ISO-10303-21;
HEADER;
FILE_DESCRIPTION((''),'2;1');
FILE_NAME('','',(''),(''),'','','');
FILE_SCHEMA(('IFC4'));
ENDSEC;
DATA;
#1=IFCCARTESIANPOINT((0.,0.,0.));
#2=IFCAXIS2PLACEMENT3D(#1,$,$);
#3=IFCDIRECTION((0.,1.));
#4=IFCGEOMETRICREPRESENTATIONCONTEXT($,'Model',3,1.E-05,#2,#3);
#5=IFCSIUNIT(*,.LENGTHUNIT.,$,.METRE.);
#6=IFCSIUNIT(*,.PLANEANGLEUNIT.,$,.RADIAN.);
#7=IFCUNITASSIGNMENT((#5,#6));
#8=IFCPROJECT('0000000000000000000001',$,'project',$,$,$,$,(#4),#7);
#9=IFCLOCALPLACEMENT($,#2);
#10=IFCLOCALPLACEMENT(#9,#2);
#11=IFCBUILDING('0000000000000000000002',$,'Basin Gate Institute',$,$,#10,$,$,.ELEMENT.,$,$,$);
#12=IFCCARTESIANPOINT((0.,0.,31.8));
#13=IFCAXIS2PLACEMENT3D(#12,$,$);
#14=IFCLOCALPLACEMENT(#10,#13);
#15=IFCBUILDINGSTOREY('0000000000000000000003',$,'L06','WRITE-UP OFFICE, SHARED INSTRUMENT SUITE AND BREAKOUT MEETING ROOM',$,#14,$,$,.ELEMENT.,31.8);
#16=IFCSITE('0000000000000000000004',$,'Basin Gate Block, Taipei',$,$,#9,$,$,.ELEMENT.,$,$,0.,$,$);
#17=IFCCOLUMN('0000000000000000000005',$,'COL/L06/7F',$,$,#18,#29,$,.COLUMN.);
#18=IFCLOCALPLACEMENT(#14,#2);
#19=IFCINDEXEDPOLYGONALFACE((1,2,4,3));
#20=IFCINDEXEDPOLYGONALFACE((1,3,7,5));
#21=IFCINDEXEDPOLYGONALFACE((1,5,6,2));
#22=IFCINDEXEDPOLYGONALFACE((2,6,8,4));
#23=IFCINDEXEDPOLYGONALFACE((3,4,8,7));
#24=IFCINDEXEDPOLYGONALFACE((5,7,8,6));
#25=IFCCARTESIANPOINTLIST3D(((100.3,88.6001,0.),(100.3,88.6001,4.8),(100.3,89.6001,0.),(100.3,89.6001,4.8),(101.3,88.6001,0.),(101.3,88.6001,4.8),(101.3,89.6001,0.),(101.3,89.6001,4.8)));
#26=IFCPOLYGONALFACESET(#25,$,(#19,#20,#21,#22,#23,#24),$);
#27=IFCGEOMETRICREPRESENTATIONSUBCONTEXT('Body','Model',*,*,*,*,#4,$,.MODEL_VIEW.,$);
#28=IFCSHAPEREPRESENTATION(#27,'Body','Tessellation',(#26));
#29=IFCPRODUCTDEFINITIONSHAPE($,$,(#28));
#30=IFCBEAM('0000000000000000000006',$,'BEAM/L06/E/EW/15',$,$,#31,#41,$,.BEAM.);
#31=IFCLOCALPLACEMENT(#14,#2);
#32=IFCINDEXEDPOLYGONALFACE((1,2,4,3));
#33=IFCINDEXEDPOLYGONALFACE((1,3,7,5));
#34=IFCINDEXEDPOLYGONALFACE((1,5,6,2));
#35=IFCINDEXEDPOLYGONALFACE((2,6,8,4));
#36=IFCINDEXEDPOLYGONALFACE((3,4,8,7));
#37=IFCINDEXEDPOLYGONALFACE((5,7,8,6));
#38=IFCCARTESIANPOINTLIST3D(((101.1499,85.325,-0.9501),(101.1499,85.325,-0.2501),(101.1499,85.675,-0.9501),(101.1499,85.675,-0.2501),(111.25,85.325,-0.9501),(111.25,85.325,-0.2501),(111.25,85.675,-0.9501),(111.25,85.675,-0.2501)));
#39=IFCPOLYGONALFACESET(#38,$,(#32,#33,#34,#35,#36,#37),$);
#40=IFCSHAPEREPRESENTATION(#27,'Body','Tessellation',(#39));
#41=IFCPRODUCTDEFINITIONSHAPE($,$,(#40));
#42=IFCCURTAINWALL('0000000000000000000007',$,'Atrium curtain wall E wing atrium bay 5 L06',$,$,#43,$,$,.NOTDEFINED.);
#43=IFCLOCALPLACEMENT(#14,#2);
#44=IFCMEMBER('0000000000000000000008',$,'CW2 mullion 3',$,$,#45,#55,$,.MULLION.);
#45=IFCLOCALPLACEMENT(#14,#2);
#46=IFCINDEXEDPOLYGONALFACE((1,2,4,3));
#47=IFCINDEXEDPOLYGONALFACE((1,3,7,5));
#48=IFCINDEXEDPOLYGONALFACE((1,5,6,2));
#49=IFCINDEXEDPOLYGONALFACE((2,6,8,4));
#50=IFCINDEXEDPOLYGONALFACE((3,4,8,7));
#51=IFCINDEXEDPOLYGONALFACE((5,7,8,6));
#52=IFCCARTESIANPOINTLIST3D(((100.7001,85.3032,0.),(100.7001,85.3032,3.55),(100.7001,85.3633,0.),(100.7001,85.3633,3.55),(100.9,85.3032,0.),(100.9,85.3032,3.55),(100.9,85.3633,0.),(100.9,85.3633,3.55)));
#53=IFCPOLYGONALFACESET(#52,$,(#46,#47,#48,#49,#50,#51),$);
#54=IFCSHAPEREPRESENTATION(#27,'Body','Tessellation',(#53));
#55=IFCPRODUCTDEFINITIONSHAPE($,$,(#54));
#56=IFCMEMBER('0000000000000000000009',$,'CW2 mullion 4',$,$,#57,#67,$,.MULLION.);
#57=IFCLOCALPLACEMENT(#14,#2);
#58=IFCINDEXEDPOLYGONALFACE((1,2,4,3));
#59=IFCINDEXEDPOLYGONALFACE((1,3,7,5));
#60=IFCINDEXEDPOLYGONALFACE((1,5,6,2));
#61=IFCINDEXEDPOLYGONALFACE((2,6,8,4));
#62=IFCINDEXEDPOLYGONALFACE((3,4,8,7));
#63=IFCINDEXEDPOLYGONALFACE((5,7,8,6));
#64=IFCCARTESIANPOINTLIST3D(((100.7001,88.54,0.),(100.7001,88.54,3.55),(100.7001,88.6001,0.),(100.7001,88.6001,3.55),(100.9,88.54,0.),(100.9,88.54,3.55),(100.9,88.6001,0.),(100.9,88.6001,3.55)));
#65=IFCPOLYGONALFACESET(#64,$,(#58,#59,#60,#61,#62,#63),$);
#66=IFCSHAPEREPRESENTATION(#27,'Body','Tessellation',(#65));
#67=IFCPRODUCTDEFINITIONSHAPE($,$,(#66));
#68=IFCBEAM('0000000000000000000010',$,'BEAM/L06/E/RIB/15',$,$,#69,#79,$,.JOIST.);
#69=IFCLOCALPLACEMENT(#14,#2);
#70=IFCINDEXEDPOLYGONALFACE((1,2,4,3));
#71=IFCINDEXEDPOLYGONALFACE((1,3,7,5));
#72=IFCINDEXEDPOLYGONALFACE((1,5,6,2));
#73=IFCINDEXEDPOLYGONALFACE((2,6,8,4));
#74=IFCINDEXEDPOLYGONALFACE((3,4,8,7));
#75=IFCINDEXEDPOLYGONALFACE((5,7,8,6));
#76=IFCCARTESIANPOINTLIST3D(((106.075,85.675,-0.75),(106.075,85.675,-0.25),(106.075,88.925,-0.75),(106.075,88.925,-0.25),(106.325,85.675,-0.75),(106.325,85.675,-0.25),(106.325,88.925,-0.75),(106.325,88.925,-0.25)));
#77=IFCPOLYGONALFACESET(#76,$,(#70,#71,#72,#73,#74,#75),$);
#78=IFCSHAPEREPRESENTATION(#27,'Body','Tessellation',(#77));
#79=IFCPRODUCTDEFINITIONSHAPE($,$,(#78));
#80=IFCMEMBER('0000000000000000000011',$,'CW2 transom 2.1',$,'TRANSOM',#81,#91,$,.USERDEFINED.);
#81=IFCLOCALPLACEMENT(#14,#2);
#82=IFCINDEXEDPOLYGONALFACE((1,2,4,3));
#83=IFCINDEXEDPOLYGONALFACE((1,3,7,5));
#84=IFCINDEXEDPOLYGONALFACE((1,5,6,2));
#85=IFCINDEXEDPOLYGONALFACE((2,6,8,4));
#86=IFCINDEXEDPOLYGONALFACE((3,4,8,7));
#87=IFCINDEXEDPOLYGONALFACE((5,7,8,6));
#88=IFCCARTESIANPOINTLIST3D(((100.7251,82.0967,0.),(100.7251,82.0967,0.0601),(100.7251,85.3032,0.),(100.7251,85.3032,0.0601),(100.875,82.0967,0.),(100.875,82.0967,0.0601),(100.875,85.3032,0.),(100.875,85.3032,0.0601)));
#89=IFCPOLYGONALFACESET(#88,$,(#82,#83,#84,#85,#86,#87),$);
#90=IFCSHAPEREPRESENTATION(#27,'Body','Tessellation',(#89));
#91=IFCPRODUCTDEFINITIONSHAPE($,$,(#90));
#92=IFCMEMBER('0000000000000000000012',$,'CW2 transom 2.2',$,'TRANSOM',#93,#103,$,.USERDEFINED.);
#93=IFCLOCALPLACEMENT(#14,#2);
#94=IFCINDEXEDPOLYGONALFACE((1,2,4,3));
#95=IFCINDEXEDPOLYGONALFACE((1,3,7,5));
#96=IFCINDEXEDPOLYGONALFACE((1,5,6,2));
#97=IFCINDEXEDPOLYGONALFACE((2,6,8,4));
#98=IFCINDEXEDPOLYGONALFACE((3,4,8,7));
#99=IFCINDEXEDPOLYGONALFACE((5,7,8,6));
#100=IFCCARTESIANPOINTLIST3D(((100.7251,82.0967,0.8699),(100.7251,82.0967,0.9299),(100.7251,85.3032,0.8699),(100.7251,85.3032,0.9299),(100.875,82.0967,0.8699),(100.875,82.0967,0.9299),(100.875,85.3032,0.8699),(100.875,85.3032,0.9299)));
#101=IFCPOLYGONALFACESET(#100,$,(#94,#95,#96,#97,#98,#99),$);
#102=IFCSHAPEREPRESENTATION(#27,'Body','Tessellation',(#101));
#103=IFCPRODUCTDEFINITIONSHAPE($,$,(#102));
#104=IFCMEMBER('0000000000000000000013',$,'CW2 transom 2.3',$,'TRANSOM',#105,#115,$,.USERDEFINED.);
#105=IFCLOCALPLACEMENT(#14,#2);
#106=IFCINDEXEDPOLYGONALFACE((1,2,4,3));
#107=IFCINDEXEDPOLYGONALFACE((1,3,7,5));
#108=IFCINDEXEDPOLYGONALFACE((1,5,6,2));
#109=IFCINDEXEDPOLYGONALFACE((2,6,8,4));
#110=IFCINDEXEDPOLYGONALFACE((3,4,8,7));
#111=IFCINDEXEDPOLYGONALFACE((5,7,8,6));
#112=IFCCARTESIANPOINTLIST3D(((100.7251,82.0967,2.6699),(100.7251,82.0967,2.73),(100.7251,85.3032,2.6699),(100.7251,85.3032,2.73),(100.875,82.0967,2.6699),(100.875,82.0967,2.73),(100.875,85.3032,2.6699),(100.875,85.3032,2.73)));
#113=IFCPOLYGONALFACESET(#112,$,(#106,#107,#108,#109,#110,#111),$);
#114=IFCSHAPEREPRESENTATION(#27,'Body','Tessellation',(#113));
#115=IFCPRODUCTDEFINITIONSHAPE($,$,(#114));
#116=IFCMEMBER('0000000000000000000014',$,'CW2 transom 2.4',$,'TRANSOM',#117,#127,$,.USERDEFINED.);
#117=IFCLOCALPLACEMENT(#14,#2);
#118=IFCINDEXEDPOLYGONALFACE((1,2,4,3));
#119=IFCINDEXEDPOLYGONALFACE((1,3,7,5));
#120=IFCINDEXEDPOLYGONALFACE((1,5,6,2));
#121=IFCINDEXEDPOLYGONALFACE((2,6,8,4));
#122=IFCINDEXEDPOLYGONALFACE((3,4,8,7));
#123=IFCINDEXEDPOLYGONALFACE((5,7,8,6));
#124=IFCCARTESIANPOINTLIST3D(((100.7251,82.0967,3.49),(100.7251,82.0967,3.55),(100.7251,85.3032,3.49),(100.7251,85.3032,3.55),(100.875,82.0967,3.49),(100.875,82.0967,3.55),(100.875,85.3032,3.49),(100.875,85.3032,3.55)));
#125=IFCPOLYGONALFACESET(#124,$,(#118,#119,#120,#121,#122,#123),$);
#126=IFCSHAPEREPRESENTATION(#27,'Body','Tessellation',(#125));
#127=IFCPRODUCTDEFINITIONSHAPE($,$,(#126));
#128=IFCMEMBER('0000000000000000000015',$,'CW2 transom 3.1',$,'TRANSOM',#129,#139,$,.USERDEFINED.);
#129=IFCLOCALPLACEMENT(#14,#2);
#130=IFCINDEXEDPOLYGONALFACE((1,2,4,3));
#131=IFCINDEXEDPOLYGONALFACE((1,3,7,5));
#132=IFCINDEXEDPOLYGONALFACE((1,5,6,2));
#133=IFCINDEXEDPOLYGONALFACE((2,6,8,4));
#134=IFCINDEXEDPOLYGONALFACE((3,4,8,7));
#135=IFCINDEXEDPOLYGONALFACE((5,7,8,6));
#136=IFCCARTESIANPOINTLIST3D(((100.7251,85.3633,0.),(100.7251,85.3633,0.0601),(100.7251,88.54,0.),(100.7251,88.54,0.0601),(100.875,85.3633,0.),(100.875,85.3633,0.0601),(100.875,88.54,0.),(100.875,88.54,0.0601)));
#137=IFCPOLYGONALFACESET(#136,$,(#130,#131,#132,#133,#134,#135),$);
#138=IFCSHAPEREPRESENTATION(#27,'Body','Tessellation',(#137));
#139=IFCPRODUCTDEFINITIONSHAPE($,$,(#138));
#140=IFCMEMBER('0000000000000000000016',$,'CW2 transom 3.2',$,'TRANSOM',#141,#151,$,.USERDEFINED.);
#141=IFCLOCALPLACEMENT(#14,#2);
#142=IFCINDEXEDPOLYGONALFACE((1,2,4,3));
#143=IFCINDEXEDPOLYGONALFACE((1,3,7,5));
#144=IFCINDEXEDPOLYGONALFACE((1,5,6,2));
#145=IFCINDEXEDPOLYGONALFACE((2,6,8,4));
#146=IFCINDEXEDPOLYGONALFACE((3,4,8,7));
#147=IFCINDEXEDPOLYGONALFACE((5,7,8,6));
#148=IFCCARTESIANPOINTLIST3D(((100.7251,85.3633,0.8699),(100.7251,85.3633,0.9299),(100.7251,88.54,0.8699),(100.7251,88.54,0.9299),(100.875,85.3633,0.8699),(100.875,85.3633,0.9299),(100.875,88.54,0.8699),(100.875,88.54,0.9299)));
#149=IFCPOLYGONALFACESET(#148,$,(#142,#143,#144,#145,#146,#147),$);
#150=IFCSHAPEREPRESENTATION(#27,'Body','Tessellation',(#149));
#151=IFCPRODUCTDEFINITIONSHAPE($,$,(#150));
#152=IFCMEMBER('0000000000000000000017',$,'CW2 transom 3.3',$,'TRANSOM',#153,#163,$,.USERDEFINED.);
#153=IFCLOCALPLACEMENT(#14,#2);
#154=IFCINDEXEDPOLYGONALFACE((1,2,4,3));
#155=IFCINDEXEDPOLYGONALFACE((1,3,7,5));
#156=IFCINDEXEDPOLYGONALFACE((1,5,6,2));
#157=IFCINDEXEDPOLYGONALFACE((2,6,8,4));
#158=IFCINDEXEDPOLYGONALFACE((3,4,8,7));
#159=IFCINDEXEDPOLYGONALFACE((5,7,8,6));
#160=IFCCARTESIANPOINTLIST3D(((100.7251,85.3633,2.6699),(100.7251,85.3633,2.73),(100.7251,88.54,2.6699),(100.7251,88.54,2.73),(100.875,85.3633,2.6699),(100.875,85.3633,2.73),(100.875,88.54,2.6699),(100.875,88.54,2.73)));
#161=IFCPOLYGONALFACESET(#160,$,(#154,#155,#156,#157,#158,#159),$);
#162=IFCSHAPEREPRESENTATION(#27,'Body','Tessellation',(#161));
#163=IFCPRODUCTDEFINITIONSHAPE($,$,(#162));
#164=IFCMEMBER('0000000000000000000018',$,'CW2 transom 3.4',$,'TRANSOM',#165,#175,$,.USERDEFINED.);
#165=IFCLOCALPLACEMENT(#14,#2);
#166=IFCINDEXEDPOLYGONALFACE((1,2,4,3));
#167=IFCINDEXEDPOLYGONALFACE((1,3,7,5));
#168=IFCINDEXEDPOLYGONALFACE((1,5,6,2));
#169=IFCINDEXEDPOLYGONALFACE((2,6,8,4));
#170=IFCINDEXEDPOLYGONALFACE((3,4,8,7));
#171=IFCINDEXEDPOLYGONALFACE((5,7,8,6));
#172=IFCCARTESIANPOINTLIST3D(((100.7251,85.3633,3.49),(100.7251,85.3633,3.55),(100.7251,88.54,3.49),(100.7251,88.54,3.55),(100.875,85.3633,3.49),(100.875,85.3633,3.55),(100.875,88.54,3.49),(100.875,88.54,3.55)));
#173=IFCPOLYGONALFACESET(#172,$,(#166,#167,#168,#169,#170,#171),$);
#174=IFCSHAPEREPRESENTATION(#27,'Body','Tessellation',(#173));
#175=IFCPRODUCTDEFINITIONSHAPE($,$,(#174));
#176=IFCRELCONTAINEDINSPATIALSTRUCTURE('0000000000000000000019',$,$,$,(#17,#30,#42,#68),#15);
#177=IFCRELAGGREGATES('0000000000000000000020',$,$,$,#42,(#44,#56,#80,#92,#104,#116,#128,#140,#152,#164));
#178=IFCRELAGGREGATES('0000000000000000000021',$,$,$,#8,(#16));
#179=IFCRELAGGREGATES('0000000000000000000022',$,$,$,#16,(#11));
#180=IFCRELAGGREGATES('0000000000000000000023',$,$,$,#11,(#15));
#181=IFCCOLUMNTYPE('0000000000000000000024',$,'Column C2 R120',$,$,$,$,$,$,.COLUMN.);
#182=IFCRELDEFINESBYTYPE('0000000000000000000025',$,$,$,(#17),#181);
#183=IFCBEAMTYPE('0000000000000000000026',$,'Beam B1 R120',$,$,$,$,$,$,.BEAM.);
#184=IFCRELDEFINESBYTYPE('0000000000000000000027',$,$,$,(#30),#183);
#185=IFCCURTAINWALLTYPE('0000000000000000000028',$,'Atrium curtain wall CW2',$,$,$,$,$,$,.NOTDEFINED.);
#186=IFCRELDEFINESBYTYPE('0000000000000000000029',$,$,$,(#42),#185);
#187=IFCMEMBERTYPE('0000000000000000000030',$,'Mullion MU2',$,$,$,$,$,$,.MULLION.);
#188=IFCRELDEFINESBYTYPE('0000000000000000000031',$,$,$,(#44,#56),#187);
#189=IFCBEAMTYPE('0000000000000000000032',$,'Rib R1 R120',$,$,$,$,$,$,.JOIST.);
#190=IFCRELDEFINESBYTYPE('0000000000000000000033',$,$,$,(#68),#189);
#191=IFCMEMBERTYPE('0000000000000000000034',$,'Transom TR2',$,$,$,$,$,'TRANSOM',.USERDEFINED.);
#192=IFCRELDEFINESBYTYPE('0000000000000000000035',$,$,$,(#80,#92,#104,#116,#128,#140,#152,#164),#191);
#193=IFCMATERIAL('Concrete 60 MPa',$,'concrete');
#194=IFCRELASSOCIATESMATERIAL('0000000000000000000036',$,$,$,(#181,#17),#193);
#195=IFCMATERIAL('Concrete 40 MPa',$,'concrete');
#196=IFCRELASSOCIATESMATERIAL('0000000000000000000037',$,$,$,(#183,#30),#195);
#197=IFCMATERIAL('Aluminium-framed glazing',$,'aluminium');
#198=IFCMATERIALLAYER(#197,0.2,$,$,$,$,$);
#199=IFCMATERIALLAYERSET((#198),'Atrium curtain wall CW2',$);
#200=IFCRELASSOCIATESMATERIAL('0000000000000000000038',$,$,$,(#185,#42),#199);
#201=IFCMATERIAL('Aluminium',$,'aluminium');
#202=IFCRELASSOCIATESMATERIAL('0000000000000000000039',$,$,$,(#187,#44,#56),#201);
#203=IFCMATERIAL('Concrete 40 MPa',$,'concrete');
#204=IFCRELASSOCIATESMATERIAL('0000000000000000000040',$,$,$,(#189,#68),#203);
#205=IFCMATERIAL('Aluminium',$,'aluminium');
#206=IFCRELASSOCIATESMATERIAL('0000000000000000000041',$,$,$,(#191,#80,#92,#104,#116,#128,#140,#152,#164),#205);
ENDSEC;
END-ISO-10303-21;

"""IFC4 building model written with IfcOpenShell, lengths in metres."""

from ifc_helpers import new_model, si_unit, direction, frame, origin, origin_2d, place, context, subcontext, project, spatial, rectangle, extrude, material, layer, layer_set, material_profile, profile_set, type_object, element, aggregate, save


model = new_model("IFC4")

# Units and contexts
model_context = context("Model", 3, precision=1e-05, world=origin(), true_north=direction((0.0, 1.0)))
body_context = subcontext(model_context, "Body", "Model", "MODEL_VIEW")
ifc_project = project(units=[si_unit("LENGTHUNIT", "METRE"), si_unit("PLANEANGLEUNIT", "RADIAN")], contexts=[model_context])

# Site, building, storey
site_placement = place(None, origin())
site = spatial("IfcSite", under=ifc_project, at=site_placement, Name="Basin Gate Block, Taipei", CompositionType="ELEMENT", RefElevation=0.0)
building_placement = place(site_placement, origin())
building = spatial("IfcBuilding", under=site, at=building_placement, Name="Basin Gate Institute", CompositionType="ELEMENT")
storey_placement = place(building_placement, frame((0.0, 0.0, 31.8)))
storey = spatial("IfcBuildingStorey", under=building, at=storey_placement, Name="L06", Description="WRITE-UP OFFICE, SHARED INSTRUMENT SUITE AND BREAKOUT MEETING ROOM", CompositionType="ELEMENT", Elevation=31.8)

# Column
ifc_material_1 = material(Name="Concrete 60 MPa", Category="concrete")
ifc_material_profile_1 = material_profile(ifc_material_1, rectangle(XDim=1.0, YDim=1.0, at=origin_2d()), Name="Column C2 1000 x 1000")
ifc_profile_set_1 = profile_set([ifc_material_profile_1], Name="Concrete 60 MPa")
column_type = type_object("IfcColumnType", Name="Column C2 R120", PredefinedType="COLUMN", material=ifc_profile_set_1)
column_placement = place(storey_placement, frame((100.8, 89.1001, 0.0), z_axis=(0.0, 0.0, 1.0), x_axis=(1.0, 0.0, 0.0)))
element("IfcColumn", 1, at=column_placement, inside=storey, type_object=column_type, material=ifc_profile_set_1, Name="COL/L06/7F", PredefinedType="COLUMN", context=body_context, shape_type="SweptSolid", body=[
    extrude(rectangle(XDim=1.0, YDim=1.0, at=origin_2d()), origin(), (0.0, 0.0, 1.0), 4.8),
])

# Beam
ifc_material_2 = material(Name="Concrete 40 MPa", Category="concrete")
ifc_material_profile_2 = material_profile(ifc_material_2, rectangle(XDim=0.3501, YDim=0.7, at=origin_2d()), Name="Beam B1 350 x 700")
ifc_profile_set_2 = profile_set([ifc_material_profile_2], Name="Concrete 40 MPa")
beam_type_1 = type_object("IfcBeamType", Name="Beam B1 R120", PredefinedType="BEAM", material=ifc_profile_set_2)
beam_1_placement = place(storey_placement, frame((111.25, 85.5, -0.6001), z_axis=(-1.0, 0.0, 0.0), x_axis=(0.0, -1.0, 0.0)))
element("IfcBeam", 2, at=beam_1_placement, inside=storey, type_object=beam_type_1, material=ifc_profile_set_2, Name="BEAM/L06/E/EW/15", PredefinedType="BEAM", context=body_context, shape_type="SweptSolid", body=[
    extrude(rectangle(XDim=0.3501, YDim=0.7, at=origin_2d()), origin(), (0.0, 0.0, 1.0), 10.1001),
])

# Curtain wall, members
ifc_material_3 = material(Name="Aluminium-framed glazing", Category="aluminium")
ifc_layer_1 = layer(ifc_material_3, 0.2)
ifc_layer_set_1 = layer_set([ifc_layer_1], Name="Atrium curtain wall CW2")
curtain_wall_type = type_object("IfcCurtainWallType", Name="Atrium curtain wall CW2", PredefinedType="NOTDEFINED", material=ifc_layer_set_1)
curtain_wall_placement = place(storey_placement, origin())
curtain_wall = element("IfcCurtainWall", 3, at=curtain_wall_placement, inside=storey, type_object=curtain_wall_type, material=ifc_layer_set_1, Name="Atrium curtain wall E wing atrium bay 5 L06", PredefinedType="NOTDEFINED")
ifc_material_4 = material(Name="Aluminium", Category="aluminium")
ifc_material_profile_3 = material_profile(ifc_material_4, rectangle(XDim=0.2, YDim=0.0601, at=origin_2d()), Name="Mullion MU2 200 x 60")
ifc_profile_set_3 = profile_set([ifc_material_profile_3], Name="Aluminium")
member_type_1 = type_object("IfcMemberType", Name="Mullion MU2", PredefinedType="MULLION", material=ifc_profile_set_3)
member_1_placement = place(storey_placement, frame((100.8, 85.3333, 0.0), z_axis=(0.0, 0.0, 1.0), x_axis=(-1.0, 0.0, 0.0)))
member_1 = element("IfcMember", 4, at=member_1_placement, type_object=member_type_1, material=ifc_profile_set_3, Name="CW2 mullion 3", PredefinedType="MULLION", context=body_context, shape_type="SweptSolid", body=[
    extrude(rectangle(XDim=0.2, YDim=0.0601, at=origin_2d()), origin(), (0.0, 0.0, 1.0), 3.55),
])
member_2_placement = place(storey_placement, frame((100.8, 88.5701, 0.0), z_axis=(0.0, 0.0, 1.0), x_axis=(-1.0, 0.0, 0.0)))
member_2 = element("IfcMember", 5, at=member_2_placement, type_object=member_type_1, material=ifc_profile_set_3, Name="CW2 mullion 4", PredefinedType="MULLION", context=body_context, shape_type="SweptSolid", body=[
    extrude(rectangle(XDim=0.2, YDim=0.0601, at=origin_2d()), origin(), (0.0, 0.0, 1.0), 3.55),
])

# Beam
ifc_material_5 = material(Name="Concrete 40 MPa", Category="concrete")
ifc_material_profile_4 = material_profile(ifc_material_5, rectangle(XDim=0.25, YDim=0.5, at=origin_2d()), Name="Rib R1 250 x 500")
ifc_profile_set_4 = profile_set([ifc_material_profile_4], Name="Concrete 40 MPa")
beam_type_2 = type_object("IfcBeamType", Name="Rib R1 R120", PredefinedType="JOIST", material=ifc_profile_set_4)
beam_2_placement = place(storey_placement, frame((106.2, 85.675, -0.5), z_axis=(0.0, 1.0, 0.0), x_axis=(-1.0, 0.0, 0.0)))
element("IfcBeam", 6, at=beam_2_placement, inside=storey, type_object=beam_type_2, material=ifc_profile_set_4, Name="BEAM/L06/E/RIB/15", PredefinedType="JOIST", context=body_context, shape_type="SweptSolid", body=[
    extrude(rectangle(XDim=0.25, YDim=0.5, at=origin_2d()), origin(), (0.0, 0.0, 1.0), 3.25),
])

# Members
ifc_material_6 = material(Name="Aluminium", Category="aluminium")
ifc_material_profile_5 = material_profile(ifc_material_6, rectangle(XDim=0.1499, YDim=0.0601, at=origin_2d()), Name="Transom TR2 150 x 60")
ifc_profile_set_5 = profile_set([ifc_material_profile_5], Name="Aluminium")
member_type_2 = type_object("IfcMemberType", Name="Transom TR2", ElementType="TRANSOM", PredefinedType="USERDEFINED", material=ifc_profile_set_5)
member_3_placement = place(storey_placement, frame((100.8, 82.0967, 0.03), z_axis=(0.0, 1.0, 0.0), x_axis=(-1.0, 0.0, 0.0)))
member_3 = element("IfcMember", 7, at=member_3_placement, type_object=member_type_2, material=ifc_profile_set_5, Name="CW2 transom 2.1", ObjectType="TRANSOM", PredefinedType="USERDEFINED", context=body_context, shape_type="SweptSolid", body=[
    extrude(rectangle(XDim=0.1499, YDim=0.0601, at=origin_2d()), origin(), (0.0, 0.0, 1.0), 3.2065),
])
member_4_placement = place(storey_placement, frame((100.8, 82.0967, 0.8999), z_axis=(0.0, 1.0, 0.0), x_axis=(-1.0, 0.0, 0.0)))
member_4 = element("IfcMember", 8, at=member_4_placement, type_object=member_type_2, material=ifc_profile_set_5, Name="CW2 transom 2.2", ObjectType="TRANSOM", PredefinedType="USERDEFINED", context=body_context, shape_type="SweptSolid", body=[
    extrude(rectangle(XDim=0.1499, YDim=0.0601, at=origin_2d()), origin(), (0.0, 0.0, 1.0), 3.2065),
])
member_5_placement = place(storey_placement, frame((100.8, 82.0967, 2.7), z_axis=(0.0, 1.0, 0.0), x_axis=(-1.0, 0.0, 0.0)))
member_5 = element("IfcMember", 9, at=member_5_placement, type_object=member_type_2, material=ifc_profile_set_5, Name="CW2 transom 2.3", ObjectType="TRANSOM", PredefinedType="USERDEFINED", context=body_context, shape_type="SweptSolid", body=[
    extrude(rectangle(XDim=0.1499, YDim=0.0601, at=origin_2d()), origin(), (0.0, 0.0, 1.0), 3.2065),
])
member_6_placement = place(storey_placement, frame((100.8, 82.0967, 3.52), z_axis=(0.0, 1.0, 0.0), x_axis=(-1.0, 0.0, 0.0)))
member_6 = element("IfcMember", 10, at=member_6_placement, type_object=member_type_2, material=ifc_profile_set_5, Name="CW2 transom 2.4", ObjectType="TRANSOM", PredefinedType="USERDEFINED", context=body_context, shape_type="SweptSolid", body=[
    extrude(rectangle(XDim=0.1499, YDim=0.0601, at=origin_2d()), origin(), (0.0, 0.0, 1.0), 3.2065),
])
member_7_placement = place(storey_placement, frame((100.8, 85.3633, 0.03), z_axis=(0.0, 1.0, 0.0), x_axis=(-1.0, 0.0, 0.0)))
member_7 = element("IfcMember", 11, at=member_7_placement, type_object=member_type_2, material=ifc_profile_set_5, Name="CW2 transom 3.1", ObjectType="TRANSOM", PredefinedType="USERDEFINED", context=body_context, shape_type="SweptSolid", body=[
    extrude(rectangle(XDim=0.1499, YDim=0.0601, at=origin_2d()), origin(), (0.0, 0.0, 1.0), 3.1768),
])
member_8_placement = place(storey_placement, frame((100.8, 85.3633, 0.8999), z_axis=(0.0, 1.0, 0.0), x_axis=(-1.0, 0.0, 0.0)))
member_8 = element("IfcMember", 12, at=member_8_placement, type_object=member_type_2, material=ifc_profile_set_5, Name="CW2 transom 3.2", ObjectType="TRANSOM", PredefinedType="USERDEFINED", context=body_context, shape_type="SweptSolid", body=[
    extrude(rectangle(XDim=0.1499, YDim=0.0601, at=origin_2d()), origin(), (0.0, 0.0, 1.0), 3.1768),
])
member_9_placement = place(storey_placement, frame((100.8, 85.3633, 2.7), z_axis=(0.0, 1.0, 0.0), x_axis=(-1.0, 0.0, 0.0)))
member_9 = element("IfcMember", 13, at=member_9_placement, type_object=member_type_2, material=ifc_profile_set_5, Name="CW2 transom 3.3", ObjectType="TRANSOM", PredefinedType="USERDEFINED", context=body_context, shape_type="SweptSolid", body=[
    extrude(rectangle(XDim=0.1499, YDim=0.0601, at=origin_2d()), origin(), (0.0, 0.0, 1.0), 3.1768),
])
member_10_placement = place(storey_placement, frame((100.8, 85.3633, 3.52), z_axis=(0.0, 1.0, 0.0), x_axis=(-1.0, 0.0, 0.0)))
member_10 = element("IfcMember", 14, at=member_10_placement, type_object=member_type_2, material=ifc_profile_set_5, Name="CW2 transom 3.4", ObjectType="TRANSOM", PredefinedType="USERDEFINED", context=body_context, shape_type="SweptSolid", body=[
    extrude(rectangle(XDim=0.1499, YDim=0.0601, at=origin_2d()), origin(), (0.0, 0.0, 1.0), 3.1768),
])

aggregate(curtain_wall, [member_1, member_2, member_3, member_4, member_5, member_6, member_7, member_8, member_9, member_10])

save(model, "model.ifc")
